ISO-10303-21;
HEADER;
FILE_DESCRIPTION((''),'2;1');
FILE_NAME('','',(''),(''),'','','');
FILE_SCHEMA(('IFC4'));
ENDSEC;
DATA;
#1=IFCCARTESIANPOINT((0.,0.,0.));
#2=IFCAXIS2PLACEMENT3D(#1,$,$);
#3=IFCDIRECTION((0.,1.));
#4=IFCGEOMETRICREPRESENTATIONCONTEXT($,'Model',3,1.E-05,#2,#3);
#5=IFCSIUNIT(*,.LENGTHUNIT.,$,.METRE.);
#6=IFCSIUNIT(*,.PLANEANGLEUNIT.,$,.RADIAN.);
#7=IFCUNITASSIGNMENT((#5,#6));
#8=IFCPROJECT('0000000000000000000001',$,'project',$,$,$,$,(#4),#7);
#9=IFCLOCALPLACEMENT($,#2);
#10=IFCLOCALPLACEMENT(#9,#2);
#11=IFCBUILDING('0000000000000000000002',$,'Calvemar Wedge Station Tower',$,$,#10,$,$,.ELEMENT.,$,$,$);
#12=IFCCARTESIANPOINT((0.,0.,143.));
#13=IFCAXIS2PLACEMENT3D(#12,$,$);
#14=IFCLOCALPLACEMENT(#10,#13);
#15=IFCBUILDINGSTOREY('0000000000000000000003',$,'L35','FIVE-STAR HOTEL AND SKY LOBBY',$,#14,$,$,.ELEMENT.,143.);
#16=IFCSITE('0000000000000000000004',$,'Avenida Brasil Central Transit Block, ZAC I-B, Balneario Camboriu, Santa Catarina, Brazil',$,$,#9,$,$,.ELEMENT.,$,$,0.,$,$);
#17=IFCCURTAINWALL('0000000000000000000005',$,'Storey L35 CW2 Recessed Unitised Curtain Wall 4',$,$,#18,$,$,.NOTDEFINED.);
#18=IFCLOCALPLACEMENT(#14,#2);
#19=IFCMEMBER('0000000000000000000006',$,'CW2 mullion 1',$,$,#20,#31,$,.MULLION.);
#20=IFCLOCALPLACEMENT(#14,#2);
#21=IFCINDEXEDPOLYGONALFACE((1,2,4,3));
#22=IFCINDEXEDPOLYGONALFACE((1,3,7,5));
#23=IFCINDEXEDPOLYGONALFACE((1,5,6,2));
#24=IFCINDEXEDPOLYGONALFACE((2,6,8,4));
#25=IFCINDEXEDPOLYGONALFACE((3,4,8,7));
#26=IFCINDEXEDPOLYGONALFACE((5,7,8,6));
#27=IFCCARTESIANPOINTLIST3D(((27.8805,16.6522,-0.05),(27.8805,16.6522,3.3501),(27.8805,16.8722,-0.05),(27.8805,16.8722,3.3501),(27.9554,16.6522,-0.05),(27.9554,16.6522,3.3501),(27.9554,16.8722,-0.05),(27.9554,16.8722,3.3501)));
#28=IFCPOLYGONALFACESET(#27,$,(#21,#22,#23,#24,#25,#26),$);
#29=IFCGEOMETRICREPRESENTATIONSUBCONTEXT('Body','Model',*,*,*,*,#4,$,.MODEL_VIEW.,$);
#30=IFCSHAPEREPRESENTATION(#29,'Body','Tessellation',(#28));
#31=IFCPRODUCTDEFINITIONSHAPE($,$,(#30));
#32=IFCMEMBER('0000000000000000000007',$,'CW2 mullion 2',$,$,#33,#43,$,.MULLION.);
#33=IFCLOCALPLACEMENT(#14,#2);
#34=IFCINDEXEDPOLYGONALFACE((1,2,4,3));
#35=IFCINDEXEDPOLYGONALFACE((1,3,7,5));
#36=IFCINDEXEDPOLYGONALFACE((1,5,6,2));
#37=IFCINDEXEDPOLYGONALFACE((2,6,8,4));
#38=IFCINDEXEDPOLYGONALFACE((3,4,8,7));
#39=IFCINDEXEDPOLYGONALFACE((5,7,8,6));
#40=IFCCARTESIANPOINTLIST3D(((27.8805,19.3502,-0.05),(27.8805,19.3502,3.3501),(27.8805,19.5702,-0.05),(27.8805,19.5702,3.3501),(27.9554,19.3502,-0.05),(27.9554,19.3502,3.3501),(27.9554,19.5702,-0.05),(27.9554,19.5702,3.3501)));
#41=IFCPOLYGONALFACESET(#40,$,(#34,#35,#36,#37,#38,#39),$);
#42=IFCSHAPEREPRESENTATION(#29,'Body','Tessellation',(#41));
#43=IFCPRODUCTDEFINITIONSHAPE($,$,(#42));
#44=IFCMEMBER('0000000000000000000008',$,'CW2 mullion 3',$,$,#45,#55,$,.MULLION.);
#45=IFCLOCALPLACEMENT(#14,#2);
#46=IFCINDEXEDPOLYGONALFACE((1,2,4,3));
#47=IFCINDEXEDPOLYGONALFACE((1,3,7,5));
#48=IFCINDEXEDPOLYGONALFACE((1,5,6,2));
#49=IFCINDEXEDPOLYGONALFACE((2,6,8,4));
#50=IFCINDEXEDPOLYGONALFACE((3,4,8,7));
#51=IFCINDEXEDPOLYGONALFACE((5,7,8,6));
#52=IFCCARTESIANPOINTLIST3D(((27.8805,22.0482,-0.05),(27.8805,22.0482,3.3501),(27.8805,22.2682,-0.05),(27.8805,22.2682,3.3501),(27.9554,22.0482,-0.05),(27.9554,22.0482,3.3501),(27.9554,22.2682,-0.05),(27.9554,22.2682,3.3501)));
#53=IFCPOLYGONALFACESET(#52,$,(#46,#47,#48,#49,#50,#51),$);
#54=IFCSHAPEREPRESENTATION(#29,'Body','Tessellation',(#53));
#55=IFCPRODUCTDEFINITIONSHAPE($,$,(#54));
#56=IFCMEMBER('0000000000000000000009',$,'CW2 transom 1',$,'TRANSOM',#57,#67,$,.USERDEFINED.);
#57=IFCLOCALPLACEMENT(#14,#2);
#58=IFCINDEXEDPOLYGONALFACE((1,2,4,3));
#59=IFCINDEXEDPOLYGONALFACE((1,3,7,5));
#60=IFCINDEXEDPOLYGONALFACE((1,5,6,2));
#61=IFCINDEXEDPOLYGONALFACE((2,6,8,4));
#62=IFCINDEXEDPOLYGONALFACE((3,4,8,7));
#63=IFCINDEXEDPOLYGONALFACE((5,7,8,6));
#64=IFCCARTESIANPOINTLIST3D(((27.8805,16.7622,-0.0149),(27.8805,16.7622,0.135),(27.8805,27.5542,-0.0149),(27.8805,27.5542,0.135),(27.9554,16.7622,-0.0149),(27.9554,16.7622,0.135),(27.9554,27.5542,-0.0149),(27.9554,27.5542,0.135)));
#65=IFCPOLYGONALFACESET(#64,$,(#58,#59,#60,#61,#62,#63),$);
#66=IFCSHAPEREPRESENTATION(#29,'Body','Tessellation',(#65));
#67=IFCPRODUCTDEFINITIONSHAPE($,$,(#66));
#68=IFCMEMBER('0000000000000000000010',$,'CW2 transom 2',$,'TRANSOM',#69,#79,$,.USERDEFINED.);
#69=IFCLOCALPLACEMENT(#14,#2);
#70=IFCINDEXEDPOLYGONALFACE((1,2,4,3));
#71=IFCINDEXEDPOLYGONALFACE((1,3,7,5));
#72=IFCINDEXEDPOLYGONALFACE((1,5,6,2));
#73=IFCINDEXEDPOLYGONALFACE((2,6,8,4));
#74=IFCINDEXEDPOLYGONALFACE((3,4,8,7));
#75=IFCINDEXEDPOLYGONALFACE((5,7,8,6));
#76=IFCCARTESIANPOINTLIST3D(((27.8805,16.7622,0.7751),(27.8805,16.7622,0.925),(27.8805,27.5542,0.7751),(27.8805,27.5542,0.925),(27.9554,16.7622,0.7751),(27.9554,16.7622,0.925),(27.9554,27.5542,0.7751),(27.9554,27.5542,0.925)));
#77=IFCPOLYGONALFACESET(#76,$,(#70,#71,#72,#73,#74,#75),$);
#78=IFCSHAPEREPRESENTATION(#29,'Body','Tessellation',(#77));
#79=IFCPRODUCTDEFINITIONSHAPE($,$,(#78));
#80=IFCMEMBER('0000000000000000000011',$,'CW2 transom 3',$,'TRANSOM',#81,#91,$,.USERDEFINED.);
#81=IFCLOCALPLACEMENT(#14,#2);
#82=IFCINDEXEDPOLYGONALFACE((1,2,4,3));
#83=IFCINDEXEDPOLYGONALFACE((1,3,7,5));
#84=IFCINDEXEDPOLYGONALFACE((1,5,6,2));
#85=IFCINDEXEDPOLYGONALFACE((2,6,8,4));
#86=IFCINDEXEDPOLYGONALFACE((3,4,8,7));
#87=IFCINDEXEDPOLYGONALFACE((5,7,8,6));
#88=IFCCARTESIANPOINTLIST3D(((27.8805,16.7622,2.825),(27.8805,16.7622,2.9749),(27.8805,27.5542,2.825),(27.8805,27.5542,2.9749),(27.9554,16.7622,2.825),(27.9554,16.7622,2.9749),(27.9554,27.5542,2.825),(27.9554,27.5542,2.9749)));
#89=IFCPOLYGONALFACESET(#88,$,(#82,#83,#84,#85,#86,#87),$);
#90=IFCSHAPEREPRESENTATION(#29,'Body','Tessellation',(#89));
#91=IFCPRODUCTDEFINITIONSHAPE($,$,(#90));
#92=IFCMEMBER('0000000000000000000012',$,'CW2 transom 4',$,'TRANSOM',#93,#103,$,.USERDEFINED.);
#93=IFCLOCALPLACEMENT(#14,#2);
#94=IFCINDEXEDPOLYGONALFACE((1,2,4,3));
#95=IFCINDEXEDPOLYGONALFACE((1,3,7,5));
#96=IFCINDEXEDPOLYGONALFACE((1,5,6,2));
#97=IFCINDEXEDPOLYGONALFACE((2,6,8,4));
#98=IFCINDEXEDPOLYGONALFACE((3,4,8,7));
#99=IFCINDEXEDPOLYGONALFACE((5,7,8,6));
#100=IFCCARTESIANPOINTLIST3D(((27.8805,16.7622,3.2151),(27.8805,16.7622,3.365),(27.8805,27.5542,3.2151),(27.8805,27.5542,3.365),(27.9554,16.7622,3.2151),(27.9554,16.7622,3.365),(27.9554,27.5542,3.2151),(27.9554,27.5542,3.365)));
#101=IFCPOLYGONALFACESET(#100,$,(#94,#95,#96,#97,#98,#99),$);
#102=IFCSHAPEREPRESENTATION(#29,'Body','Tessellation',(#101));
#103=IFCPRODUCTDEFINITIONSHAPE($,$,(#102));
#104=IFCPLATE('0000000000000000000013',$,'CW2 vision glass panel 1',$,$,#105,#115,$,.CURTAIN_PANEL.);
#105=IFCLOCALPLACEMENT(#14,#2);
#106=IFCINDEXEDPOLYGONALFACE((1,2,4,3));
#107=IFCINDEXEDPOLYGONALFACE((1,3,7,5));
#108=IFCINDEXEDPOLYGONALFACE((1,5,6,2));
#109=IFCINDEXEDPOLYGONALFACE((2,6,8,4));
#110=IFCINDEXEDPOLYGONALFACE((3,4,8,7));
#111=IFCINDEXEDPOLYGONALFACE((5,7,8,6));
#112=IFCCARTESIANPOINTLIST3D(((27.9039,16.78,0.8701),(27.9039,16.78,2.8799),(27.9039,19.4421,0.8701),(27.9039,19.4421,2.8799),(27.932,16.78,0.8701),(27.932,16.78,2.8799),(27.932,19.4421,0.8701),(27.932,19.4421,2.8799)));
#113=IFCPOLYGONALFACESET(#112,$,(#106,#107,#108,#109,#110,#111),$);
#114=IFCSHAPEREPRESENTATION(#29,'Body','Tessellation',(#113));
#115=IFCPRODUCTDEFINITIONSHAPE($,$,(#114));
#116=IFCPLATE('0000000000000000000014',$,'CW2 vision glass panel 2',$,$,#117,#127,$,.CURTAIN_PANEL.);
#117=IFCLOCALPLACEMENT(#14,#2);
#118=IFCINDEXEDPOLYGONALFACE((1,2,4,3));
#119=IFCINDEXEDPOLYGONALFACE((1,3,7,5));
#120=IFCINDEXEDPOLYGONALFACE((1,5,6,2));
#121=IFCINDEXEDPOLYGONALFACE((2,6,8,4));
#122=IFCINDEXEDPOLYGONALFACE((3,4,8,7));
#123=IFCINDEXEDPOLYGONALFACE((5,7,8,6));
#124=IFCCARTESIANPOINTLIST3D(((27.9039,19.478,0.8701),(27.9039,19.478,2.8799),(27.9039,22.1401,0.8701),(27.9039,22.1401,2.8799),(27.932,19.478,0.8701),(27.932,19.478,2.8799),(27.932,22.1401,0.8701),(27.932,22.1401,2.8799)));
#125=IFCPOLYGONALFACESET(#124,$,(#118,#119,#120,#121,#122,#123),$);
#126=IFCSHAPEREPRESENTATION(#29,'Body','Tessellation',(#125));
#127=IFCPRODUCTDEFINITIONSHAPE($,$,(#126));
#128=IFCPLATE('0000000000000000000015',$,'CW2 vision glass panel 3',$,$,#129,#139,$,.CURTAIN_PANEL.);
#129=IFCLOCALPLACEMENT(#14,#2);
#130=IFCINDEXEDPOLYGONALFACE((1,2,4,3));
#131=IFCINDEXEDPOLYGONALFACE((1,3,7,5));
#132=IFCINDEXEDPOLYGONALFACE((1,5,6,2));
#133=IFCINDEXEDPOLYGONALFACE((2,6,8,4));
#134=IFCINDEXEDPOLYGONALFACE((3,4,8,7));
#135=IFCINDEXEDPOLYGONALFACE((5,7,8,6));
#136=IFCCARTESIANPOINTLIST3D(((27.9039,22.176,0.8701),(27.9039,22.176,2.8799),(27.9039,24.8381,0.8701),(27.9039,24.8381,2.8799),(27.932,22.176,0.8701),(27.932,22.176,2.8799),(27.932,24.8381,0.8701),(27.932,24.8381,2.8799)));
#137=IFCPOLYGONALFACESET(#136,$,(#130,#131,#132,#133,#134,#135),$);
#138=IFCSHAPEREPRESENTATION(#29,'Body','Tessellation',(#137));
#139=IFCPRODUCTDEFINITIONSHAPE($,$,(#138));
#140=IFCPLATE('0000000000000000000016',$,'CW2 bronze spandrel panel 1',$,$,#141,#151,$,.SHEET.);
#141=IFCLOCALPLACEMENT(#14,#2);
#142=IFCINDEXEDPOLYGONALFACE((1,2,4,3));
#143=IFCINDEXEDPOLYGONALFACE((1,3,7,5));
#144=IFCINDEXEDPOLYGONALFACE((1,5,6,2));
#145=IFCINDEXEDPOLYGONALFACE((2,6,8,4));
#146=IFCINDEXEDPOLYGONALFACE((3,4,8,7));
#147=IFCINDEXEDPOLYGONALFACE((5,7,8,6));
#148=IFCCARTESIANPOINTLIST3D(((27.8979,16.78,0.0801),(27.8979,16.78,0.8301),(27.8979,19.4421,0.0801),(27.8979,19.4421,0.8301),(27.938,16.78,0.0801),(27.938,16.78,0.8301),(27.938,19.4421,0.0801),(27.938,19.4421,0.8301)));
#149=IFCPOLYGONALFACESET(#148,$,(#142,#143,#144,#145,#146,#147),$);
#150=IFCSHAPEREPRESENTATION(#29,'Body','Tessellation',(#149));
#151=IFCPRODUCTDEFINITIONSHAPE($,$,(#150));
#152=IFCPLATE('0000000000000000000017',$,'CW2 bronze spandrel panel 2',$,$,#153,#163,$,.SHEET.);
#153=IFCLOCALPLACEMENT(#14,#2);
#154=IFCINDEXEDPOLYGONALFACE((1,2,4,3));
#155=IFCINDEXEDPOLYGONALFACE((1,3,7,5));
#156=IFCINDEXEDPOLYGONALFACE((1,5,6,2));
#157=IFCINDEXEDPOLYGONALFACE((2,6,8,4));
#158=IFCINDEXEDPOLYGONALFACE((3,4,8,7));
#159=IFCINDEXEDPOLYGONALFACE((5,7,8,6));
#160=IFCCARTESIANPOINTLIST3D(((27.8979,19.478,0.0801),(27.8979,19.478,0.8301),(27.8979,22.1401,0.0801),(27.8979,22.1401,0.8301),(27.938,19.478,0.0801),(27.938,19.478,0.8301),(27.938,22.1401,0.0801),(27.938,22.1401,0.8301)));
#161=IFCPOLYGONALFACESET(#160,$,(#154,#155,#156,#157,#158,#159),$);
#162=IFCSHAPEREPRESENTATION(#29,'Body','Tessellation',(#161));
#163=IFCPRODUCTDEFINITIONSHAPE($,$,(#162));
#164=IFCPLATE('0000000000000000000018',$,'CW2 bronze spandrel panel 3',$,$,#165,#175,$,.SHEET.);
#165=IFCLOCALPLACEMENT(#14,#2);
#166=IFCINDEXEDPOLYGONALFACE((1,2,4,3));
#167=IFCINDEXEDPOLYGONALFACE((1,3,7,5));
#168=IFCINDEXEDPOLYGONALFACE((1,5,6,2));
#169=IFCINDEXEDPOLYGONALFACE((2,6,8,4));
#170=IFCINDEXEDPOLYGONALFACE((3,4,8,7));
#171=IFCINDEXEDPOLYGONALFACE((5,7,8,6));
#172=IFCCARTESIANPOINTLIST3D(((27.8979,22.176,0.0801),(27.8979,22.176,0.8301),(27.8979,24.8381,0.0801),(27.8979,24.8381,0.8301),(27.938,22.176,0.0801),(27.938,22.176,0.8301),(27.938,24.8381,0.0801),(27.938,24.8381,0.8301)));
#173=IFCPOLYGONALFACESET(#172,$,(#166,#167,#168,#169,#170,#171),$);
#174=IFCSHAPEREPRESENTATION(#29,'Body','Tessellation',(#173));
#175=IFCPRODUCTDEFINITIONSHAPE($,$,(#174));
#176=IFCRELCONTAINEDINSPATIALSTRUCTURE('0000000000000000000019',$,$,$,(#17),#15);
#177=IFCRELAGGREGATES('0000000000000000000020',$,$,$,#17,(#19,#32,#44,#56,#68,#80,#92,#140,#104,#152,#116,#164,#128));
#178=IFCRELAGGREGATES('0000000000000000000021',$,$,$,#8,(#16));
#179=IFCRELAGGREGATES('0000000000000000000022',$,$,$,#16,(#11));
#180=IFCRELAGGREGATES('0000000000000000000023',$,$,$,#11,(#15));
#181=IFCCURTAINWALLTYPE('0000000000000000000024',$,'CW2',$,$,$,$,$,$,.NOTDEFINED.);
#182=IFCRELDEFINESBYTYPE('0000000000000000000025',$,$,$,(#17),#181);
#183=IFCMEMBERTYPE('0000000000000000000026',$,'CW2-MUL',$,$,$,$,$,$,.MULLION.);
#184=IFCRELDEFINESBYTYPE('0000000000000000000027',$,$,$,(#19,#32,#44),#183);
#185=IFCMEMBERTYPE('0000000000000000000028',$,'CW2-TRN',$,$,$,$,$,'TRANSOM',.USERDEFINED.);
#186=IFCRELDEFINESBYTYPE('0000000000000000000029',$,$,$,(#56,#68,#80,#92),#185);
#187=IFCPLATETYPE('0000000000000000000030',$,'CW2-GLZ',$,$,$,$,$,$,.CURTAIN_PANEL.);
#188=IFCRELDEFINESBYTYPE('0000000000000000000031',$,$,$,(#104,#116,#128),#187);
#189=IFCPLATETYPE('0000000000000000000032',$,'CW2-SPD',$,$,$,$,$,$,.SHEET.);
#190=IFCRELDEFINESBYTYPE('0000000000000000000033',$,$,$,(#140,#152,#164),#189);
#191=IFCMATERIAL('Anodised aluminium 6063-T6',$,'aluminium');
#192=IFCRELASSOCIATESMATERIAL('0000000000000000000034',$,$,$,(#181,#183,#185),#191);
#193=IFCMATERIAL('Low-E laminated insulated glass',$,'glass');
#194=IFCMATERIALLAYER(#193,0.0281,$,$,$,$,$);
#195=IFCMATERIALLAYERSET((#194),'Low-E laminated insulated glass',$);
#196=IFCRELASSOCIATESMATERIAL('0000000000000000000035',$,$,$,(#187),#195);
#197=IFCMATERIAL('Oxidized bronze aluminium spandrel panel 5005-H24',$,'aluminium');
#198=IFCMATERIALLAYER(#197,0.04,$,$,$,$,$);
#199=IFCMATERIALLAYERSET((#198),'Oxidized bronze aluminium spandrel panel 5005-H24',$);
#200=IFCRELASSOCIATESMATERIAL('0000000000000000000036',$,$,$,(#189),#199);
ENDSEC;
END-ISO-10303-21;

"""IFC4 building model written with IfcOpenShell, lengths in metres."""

from ifc_helpers import new_model, si_unit, direction, frame, frame_2d, origin, origin_2d, place, context, subcontext, project, spatial, rectangle, extrude, source, transform, mapped, material, layer, layer_set, material_profile, profile_set, type_object, element, aggregate, save


model = new_model("IFC4")

# Units and contexts
model_context = context("Model", 3, precision=1e-05, world=origin(), true_north=direction((0.0, 1.0)))
body_context = subcontext(model_context, "Body", "Model", "MODEL_VIEW")
ifc_project = project(units=[si_unit("LENGTHUNIT", "METRE"), si_unit("PLANEANGLEUNIT", "RADIAN")], contexts=[model_context])

# Site, building, storey
site_placement = place(None, origin())
site = spatial("IfcSite", under=ifc_project, at=site_placement, Name="Avenida Brasil Central Transit Block, ZAC I-B, Balneario Camboriu, Santa Catarina, Brazil", CompositionType="ELEMENT", RefElevation=0.0)
building_placement = place(site_placement, origin())
building = spatial("IfcBuilding", under=site, at=building_placement, Name="Calvemar Wedge Station Tower", CompositionType="ELEMENT")
storey_placement = place(building_placement, frame((0.0, 0.0, 143.0)))
storey = spatial("IfcBuildingStorey", under=building, at=storey_placement, Name="L35", Description="FIVE-STAR HOTEL AND SKY LOBBY", CompositionType="ELEMENT", Elevation=143.0)

# Curtain wall, members, plates
ifc_material_1 = material(Name="Anodised aluminium 6063-T6", Category="aluminium")
curtain_wall_type = type_object("IfcCurtainWallType", Name="CW2", PredefinedType="NOTDEFINED", material=ifc_material_1)
curtain_wall_placement = place(storey_placement, origin())
curtain_wall = element("IfcCurtainWall", 1, at=curtain_wall_placement, inside=storey, type_object=curtain_wall_type, Name="Storey L35 CW2 Recessed Unitised Curtain Wall 4", PredefinedType="NOTDEFINED")
ifc_material_profile_1 = material_profile(ifc_material_1, rectangle(XDim=0.075, YDim=0.22, at=origin_2d()), Name="AL-MUL-75x220")
ifc_profile_set_1 = profile_set([ifc_material_profile_1], Name="Anodised aluminium 6063-T6")
member_type_1 = type_object("IfcMemberType", Name="CW2-MUL", PredefinedType="MULLION", material=ifc_profile_set_1)
shared_shape_1 = source(origin(), body_context, "Body", "SweptSolid", [
    extrude(rectangle(XDim=0.075, YDim=0.22, at=origin_2d()), origin(), (0.0, 0.0, 1.0), 3.4001),
])
member_1_placement = place(storey_placement, frame((27.918, 16.7622, -0.05), z_axis=(0.0, 0.0, 1.0), x_axis=(1.0, 0.0, 0.0)))
member_1 = element("IfcMember", 2, at=member_1_placement, type_object=member_type_1, Name="CW2 mullion 1", PredefinedType="MULLION", context=body_context, shape_type="MappedRepresentation", body=[
    mapped(shared_shape_1, transform((0.0, 0.0, 0.0), scale=1.0)),
])
member_2_placement = place(storey_placement, frame((27.918, 19.4602, -0.05), z_axis=(0.0, 0.0, 1.0), x_axis=(1.0, 0.0, 0.0)))
member_2 = element("IfcMember", 3, at=member_2_placement, type_object=member_type_1, Name="CW2 mullion 2", PredefinedType="MULLION", context=body_context, shape_type="MappedRepresentation", body=[
    mapped(shared_shape_1, transform((0.0, 0.0, 0.0), scale=1.0)),
])
member_3_placement = place(storey_placement, frame((27.918, 22.1582, -0.05), z_axis=(0.0, 0.0, 1.0), x_axis=(1.0, 0.0, 0.0)))
member_3 = element("IfcMember", 4, at=member_3_placement, type_object=member_type_1, Name="CW2 mullion 3", PredefinedType="MULLION", context=body_context, shape_type="MappedRepresentation", body=[
    mapped(shared_shape_1, transform((0.0, 0.0, 0.0), scale=1.0)),
])
ifc_material_profile_2 = material_profile(ifc_material_1, rectangle(XDim=0.075, YDim=0.1499, at=origin_2d()), Name="AL-TRN-75x150")
ifc_profile_set_2 = profile_set([ifc_material_profile_2], Name="Anodised aluminium 6063-T6")
member_type_2 = type_object("IfcMemberType", Name="CW2-TRN", ElementType="TRANSOM", PredefinedType="USERDEFINED", material=ifc_profile_set_2)
shared_shape_2 = source(origin(), body_context, "Body", "SweptSolid", [
    extrude(rectangle(XDim=0.075, YDim=0.1499, at=origin_2d()), origin(), (0.0, 0.0, 1.0), 10.792),
])
member_4_placement = place(storey_placement, frame((27.918, 16.7622, 0.0601), z_axis=(0.0, 1.0, 0.0), x_axis=(-1.0, 0.0, 0.0)))
member_4 = element("IfcMember", 5, at=member_4_placement, type_object=member_type_2, Name="CW2 transom 1", ObjectType="TRANSOM", PredefinedType="USERDEFINED", context=body_context, shape_type="MappedRepresentation", body=[
    mapped(shared_shape_2, transform((0.0, 0.0, 0.0), scale=1.0)),
])
member_5_placement = place(storey_placement, frame((27.918, 16.7622, 0.8501), z_axis=(0.0, 1.0, 0.0), x_axis=(-1.0, 0.0, 0.0)))
member_5 = element("IfcMember", 6, at=member_5_placement, type_object=member_type_2, Name="CW2 transom 2", ObjectType="TRANSOM", PredefinedType="USERDEFINED", context=body_context, shape_type="MappedRepresentation", body=[
    mapped(shared_shape_2, transform((0.0, 0.0, 0.0), scale=1.0)),
])
member_6_placement = place(storey_placement, frame((27.918, 16.7622, 2.8999), z_axis=(0.0, 1.0, 0.0), x_axis=(-1.0, 0.0, 0.0)))
member_6 = element("IfcMember", 7, at=member_6_placement, type_object=member_type_2, Name="CW2 transom 3", ObjectType="TRANSOM", PredefinedType="USERDEFINED", context=body_context, shape_type="MappedRepresentation", body=[
    mapped(shared_shape_2, transform((0.0, 0.0, 0.0), scale=1.0)),
])
member_7_placement = place(storey_placement, frame((27.918, 16.7622, 3.29), z_axis=(0.0, 1.0, 0.0), x_axis=(-1.0, 0.0, 0.0)))
member_7 = element("IfcMember", 8, at=member_7_placement, type_object=member_type_2, Name="CW2 transom 4", ObjectType="TRANSOM", PredefinedType="USERDEFINED", context=body_context, shape_type="MappedRepresentation", body=[
    mapped(shared_shape_2, transform((0.0, 0.0, 0.0), scale=1.0)),
])
ifc_material_2 = material(Name="Low-E laminated insulated glass", Category="glass")
ifc_layer_1 = layer(ifc_material_2, 0.0281)
ifc_layer_set_1 = layer_set([ifc_layer_1], Name="Low-E laminated insulated glass")
plate_type_1 = type_object("IfcPlateType", Name="CW2-GLZ", PredefinedType="CURTAIN_PANEL", material=ifc_layer_set_1)
plate_1_placement = place(storey_placement, frame((27.918, 16.78, 0.8701), z_axis=(0.0, 0.0, 1.0), x_axis=(0.0, 1.0, 0.0)))
plate_1 = element("IfcPlate", 9, at=plate_1_placement, type_object=plate_type_1, Name="CW2 vision glass panel 1", PredefinedType="CURTAIN_PANEL", context=body_context, shape_type="SweptSolid", body=[
    extrude(rectangle(XDim=2.6621, YDim=0.0281, at=frame_2d((1.3311, 0.0))), origin(), (0.0, 0.0, 1.0), 2.0098),
])
plate_2_placement = place(storey_placement, frame((27.918, 19.478, 0.8701), z_axis=(0.0, 0.0, 1.0), x_axis=(0.0, 1.0, 0.0)))
plate_2 = element("IfcPlate", 10, at=plate_2_placement, type_object=plate_type_1, Name="CW2 vision glass panel 2", PredefinedType="CURTAIN_PANEL", context=body_context, shape_type="SweptSolid", body=[
    extrude(rectangle(XDim=2.6621, YDim=0.0281, at=frame_2d((1.3311, 0.0))), origin(), (0.0, 0.0, 1.0), 2.0098),
])
plate_3_placement = place(storey_placement, frame((27.918, 22.176, 0.8701), z_axis=(0.0, 0.0, 1.0), x_axis=(0.0, 1.0, 0.0)))
plate_3 = element("IfcPlate", 11, at=plate_3_placement, type_object=plate_type_1, Name="CW2 vision glass panel 3", PredefinedType="CURTAIN_PANEL", context=body_context, shape_type="SweptSolid", body=[
    extrude(rectangle(XDim=2.6621, YDim=0.0281, at=frame_2d((1.3311, 0.0))), origin(), (0.0, 0.0, 1.0), 2.0098),
])
ifc_material_3 = material(Name="Oxidized bronze aluminium spandrel panel 5005-H24", Category="aluminium")
ifc_layer_2 = layer(ifc_material_3, 0.04)
ifc_layer_set_2 = layer_set([ifc_layer_2], Name="Oxidized bronze aluminium spandrel panel 5005-H24")
plate_type_2 = type_object("IfcPlateType", Name="CW2-SPD", PredefinedType="SHEET", material=ifc_layer_set_2)
plate_4_placement = place(storey_placement, frame((27.918, 16.78, 0.0801), z_axis=(0.0, 0.0, 1.0), x_axis=(0.0, 1.0, 0.0)))
plate_4 = element("IfcPlate", 12, at=plate_4_placement, type_object=plate_type_2, Name="CW2 bronze spandrel panel 1", PredefinedType="SHEET", context=body_context, shape_type="SweptSolid", body=[
    extrude(rectangle(XDim=2.6621, YDim=0.04, at=frame_2d((1.3311, 0.0))), origin(), (0.0, 0.0, 1.0), 0.75),
])
plate_5_placement = place(storey_placement, frame((27.918, 19.478, 0.0801), z_axis=(0.0, 0.0, 1.0), x_axis=(0.0, 1.0, 0.0)))
plate_5 = element("IfcPlate", 13, at=plate_5_placement, type_object=plate_type_2, Name="CW2 bronze spandrel panel 2", PredefinedType="SHEET", context=body_context, shape_type="SweptSolid", body=[
    extrude(rectangle(XDim=2.6621, YDim=0.04, at=frame_2d((1.3311, 0.0))), origin(), (0.0, 0.0, 1.0), 0.75),
])
plate_6_placement = place(storey_placement, frame((27.918, 22.176, 0.0801), z_axis=(0.0, 0.0, 1.0), x_axis=(0.0, 1.0, 0.0)))
plate_6 = element("IfcPlate", 14, at=plate_6_placement, type_object=plate_type_2, Name="CW2 bronze spandrel panel 3", PredefinedType="SHEET", context=body_context, shape_type="SweptSolid", body=[
    extrude(rectangle(XDim=2.6621, YDim=0.04, at=frame_2d((1.3311, 0.0))), origin(), (0.0, 0.0, 1.0), 0.75),
])
aggregate(curtain_wall, [member_1, member_2, member_3, member_4, member_5, member_6, member_7, plate_4, plate_1, plate_5, plate_2, plate_6, plate_3])

save(model, "model.ifc")
